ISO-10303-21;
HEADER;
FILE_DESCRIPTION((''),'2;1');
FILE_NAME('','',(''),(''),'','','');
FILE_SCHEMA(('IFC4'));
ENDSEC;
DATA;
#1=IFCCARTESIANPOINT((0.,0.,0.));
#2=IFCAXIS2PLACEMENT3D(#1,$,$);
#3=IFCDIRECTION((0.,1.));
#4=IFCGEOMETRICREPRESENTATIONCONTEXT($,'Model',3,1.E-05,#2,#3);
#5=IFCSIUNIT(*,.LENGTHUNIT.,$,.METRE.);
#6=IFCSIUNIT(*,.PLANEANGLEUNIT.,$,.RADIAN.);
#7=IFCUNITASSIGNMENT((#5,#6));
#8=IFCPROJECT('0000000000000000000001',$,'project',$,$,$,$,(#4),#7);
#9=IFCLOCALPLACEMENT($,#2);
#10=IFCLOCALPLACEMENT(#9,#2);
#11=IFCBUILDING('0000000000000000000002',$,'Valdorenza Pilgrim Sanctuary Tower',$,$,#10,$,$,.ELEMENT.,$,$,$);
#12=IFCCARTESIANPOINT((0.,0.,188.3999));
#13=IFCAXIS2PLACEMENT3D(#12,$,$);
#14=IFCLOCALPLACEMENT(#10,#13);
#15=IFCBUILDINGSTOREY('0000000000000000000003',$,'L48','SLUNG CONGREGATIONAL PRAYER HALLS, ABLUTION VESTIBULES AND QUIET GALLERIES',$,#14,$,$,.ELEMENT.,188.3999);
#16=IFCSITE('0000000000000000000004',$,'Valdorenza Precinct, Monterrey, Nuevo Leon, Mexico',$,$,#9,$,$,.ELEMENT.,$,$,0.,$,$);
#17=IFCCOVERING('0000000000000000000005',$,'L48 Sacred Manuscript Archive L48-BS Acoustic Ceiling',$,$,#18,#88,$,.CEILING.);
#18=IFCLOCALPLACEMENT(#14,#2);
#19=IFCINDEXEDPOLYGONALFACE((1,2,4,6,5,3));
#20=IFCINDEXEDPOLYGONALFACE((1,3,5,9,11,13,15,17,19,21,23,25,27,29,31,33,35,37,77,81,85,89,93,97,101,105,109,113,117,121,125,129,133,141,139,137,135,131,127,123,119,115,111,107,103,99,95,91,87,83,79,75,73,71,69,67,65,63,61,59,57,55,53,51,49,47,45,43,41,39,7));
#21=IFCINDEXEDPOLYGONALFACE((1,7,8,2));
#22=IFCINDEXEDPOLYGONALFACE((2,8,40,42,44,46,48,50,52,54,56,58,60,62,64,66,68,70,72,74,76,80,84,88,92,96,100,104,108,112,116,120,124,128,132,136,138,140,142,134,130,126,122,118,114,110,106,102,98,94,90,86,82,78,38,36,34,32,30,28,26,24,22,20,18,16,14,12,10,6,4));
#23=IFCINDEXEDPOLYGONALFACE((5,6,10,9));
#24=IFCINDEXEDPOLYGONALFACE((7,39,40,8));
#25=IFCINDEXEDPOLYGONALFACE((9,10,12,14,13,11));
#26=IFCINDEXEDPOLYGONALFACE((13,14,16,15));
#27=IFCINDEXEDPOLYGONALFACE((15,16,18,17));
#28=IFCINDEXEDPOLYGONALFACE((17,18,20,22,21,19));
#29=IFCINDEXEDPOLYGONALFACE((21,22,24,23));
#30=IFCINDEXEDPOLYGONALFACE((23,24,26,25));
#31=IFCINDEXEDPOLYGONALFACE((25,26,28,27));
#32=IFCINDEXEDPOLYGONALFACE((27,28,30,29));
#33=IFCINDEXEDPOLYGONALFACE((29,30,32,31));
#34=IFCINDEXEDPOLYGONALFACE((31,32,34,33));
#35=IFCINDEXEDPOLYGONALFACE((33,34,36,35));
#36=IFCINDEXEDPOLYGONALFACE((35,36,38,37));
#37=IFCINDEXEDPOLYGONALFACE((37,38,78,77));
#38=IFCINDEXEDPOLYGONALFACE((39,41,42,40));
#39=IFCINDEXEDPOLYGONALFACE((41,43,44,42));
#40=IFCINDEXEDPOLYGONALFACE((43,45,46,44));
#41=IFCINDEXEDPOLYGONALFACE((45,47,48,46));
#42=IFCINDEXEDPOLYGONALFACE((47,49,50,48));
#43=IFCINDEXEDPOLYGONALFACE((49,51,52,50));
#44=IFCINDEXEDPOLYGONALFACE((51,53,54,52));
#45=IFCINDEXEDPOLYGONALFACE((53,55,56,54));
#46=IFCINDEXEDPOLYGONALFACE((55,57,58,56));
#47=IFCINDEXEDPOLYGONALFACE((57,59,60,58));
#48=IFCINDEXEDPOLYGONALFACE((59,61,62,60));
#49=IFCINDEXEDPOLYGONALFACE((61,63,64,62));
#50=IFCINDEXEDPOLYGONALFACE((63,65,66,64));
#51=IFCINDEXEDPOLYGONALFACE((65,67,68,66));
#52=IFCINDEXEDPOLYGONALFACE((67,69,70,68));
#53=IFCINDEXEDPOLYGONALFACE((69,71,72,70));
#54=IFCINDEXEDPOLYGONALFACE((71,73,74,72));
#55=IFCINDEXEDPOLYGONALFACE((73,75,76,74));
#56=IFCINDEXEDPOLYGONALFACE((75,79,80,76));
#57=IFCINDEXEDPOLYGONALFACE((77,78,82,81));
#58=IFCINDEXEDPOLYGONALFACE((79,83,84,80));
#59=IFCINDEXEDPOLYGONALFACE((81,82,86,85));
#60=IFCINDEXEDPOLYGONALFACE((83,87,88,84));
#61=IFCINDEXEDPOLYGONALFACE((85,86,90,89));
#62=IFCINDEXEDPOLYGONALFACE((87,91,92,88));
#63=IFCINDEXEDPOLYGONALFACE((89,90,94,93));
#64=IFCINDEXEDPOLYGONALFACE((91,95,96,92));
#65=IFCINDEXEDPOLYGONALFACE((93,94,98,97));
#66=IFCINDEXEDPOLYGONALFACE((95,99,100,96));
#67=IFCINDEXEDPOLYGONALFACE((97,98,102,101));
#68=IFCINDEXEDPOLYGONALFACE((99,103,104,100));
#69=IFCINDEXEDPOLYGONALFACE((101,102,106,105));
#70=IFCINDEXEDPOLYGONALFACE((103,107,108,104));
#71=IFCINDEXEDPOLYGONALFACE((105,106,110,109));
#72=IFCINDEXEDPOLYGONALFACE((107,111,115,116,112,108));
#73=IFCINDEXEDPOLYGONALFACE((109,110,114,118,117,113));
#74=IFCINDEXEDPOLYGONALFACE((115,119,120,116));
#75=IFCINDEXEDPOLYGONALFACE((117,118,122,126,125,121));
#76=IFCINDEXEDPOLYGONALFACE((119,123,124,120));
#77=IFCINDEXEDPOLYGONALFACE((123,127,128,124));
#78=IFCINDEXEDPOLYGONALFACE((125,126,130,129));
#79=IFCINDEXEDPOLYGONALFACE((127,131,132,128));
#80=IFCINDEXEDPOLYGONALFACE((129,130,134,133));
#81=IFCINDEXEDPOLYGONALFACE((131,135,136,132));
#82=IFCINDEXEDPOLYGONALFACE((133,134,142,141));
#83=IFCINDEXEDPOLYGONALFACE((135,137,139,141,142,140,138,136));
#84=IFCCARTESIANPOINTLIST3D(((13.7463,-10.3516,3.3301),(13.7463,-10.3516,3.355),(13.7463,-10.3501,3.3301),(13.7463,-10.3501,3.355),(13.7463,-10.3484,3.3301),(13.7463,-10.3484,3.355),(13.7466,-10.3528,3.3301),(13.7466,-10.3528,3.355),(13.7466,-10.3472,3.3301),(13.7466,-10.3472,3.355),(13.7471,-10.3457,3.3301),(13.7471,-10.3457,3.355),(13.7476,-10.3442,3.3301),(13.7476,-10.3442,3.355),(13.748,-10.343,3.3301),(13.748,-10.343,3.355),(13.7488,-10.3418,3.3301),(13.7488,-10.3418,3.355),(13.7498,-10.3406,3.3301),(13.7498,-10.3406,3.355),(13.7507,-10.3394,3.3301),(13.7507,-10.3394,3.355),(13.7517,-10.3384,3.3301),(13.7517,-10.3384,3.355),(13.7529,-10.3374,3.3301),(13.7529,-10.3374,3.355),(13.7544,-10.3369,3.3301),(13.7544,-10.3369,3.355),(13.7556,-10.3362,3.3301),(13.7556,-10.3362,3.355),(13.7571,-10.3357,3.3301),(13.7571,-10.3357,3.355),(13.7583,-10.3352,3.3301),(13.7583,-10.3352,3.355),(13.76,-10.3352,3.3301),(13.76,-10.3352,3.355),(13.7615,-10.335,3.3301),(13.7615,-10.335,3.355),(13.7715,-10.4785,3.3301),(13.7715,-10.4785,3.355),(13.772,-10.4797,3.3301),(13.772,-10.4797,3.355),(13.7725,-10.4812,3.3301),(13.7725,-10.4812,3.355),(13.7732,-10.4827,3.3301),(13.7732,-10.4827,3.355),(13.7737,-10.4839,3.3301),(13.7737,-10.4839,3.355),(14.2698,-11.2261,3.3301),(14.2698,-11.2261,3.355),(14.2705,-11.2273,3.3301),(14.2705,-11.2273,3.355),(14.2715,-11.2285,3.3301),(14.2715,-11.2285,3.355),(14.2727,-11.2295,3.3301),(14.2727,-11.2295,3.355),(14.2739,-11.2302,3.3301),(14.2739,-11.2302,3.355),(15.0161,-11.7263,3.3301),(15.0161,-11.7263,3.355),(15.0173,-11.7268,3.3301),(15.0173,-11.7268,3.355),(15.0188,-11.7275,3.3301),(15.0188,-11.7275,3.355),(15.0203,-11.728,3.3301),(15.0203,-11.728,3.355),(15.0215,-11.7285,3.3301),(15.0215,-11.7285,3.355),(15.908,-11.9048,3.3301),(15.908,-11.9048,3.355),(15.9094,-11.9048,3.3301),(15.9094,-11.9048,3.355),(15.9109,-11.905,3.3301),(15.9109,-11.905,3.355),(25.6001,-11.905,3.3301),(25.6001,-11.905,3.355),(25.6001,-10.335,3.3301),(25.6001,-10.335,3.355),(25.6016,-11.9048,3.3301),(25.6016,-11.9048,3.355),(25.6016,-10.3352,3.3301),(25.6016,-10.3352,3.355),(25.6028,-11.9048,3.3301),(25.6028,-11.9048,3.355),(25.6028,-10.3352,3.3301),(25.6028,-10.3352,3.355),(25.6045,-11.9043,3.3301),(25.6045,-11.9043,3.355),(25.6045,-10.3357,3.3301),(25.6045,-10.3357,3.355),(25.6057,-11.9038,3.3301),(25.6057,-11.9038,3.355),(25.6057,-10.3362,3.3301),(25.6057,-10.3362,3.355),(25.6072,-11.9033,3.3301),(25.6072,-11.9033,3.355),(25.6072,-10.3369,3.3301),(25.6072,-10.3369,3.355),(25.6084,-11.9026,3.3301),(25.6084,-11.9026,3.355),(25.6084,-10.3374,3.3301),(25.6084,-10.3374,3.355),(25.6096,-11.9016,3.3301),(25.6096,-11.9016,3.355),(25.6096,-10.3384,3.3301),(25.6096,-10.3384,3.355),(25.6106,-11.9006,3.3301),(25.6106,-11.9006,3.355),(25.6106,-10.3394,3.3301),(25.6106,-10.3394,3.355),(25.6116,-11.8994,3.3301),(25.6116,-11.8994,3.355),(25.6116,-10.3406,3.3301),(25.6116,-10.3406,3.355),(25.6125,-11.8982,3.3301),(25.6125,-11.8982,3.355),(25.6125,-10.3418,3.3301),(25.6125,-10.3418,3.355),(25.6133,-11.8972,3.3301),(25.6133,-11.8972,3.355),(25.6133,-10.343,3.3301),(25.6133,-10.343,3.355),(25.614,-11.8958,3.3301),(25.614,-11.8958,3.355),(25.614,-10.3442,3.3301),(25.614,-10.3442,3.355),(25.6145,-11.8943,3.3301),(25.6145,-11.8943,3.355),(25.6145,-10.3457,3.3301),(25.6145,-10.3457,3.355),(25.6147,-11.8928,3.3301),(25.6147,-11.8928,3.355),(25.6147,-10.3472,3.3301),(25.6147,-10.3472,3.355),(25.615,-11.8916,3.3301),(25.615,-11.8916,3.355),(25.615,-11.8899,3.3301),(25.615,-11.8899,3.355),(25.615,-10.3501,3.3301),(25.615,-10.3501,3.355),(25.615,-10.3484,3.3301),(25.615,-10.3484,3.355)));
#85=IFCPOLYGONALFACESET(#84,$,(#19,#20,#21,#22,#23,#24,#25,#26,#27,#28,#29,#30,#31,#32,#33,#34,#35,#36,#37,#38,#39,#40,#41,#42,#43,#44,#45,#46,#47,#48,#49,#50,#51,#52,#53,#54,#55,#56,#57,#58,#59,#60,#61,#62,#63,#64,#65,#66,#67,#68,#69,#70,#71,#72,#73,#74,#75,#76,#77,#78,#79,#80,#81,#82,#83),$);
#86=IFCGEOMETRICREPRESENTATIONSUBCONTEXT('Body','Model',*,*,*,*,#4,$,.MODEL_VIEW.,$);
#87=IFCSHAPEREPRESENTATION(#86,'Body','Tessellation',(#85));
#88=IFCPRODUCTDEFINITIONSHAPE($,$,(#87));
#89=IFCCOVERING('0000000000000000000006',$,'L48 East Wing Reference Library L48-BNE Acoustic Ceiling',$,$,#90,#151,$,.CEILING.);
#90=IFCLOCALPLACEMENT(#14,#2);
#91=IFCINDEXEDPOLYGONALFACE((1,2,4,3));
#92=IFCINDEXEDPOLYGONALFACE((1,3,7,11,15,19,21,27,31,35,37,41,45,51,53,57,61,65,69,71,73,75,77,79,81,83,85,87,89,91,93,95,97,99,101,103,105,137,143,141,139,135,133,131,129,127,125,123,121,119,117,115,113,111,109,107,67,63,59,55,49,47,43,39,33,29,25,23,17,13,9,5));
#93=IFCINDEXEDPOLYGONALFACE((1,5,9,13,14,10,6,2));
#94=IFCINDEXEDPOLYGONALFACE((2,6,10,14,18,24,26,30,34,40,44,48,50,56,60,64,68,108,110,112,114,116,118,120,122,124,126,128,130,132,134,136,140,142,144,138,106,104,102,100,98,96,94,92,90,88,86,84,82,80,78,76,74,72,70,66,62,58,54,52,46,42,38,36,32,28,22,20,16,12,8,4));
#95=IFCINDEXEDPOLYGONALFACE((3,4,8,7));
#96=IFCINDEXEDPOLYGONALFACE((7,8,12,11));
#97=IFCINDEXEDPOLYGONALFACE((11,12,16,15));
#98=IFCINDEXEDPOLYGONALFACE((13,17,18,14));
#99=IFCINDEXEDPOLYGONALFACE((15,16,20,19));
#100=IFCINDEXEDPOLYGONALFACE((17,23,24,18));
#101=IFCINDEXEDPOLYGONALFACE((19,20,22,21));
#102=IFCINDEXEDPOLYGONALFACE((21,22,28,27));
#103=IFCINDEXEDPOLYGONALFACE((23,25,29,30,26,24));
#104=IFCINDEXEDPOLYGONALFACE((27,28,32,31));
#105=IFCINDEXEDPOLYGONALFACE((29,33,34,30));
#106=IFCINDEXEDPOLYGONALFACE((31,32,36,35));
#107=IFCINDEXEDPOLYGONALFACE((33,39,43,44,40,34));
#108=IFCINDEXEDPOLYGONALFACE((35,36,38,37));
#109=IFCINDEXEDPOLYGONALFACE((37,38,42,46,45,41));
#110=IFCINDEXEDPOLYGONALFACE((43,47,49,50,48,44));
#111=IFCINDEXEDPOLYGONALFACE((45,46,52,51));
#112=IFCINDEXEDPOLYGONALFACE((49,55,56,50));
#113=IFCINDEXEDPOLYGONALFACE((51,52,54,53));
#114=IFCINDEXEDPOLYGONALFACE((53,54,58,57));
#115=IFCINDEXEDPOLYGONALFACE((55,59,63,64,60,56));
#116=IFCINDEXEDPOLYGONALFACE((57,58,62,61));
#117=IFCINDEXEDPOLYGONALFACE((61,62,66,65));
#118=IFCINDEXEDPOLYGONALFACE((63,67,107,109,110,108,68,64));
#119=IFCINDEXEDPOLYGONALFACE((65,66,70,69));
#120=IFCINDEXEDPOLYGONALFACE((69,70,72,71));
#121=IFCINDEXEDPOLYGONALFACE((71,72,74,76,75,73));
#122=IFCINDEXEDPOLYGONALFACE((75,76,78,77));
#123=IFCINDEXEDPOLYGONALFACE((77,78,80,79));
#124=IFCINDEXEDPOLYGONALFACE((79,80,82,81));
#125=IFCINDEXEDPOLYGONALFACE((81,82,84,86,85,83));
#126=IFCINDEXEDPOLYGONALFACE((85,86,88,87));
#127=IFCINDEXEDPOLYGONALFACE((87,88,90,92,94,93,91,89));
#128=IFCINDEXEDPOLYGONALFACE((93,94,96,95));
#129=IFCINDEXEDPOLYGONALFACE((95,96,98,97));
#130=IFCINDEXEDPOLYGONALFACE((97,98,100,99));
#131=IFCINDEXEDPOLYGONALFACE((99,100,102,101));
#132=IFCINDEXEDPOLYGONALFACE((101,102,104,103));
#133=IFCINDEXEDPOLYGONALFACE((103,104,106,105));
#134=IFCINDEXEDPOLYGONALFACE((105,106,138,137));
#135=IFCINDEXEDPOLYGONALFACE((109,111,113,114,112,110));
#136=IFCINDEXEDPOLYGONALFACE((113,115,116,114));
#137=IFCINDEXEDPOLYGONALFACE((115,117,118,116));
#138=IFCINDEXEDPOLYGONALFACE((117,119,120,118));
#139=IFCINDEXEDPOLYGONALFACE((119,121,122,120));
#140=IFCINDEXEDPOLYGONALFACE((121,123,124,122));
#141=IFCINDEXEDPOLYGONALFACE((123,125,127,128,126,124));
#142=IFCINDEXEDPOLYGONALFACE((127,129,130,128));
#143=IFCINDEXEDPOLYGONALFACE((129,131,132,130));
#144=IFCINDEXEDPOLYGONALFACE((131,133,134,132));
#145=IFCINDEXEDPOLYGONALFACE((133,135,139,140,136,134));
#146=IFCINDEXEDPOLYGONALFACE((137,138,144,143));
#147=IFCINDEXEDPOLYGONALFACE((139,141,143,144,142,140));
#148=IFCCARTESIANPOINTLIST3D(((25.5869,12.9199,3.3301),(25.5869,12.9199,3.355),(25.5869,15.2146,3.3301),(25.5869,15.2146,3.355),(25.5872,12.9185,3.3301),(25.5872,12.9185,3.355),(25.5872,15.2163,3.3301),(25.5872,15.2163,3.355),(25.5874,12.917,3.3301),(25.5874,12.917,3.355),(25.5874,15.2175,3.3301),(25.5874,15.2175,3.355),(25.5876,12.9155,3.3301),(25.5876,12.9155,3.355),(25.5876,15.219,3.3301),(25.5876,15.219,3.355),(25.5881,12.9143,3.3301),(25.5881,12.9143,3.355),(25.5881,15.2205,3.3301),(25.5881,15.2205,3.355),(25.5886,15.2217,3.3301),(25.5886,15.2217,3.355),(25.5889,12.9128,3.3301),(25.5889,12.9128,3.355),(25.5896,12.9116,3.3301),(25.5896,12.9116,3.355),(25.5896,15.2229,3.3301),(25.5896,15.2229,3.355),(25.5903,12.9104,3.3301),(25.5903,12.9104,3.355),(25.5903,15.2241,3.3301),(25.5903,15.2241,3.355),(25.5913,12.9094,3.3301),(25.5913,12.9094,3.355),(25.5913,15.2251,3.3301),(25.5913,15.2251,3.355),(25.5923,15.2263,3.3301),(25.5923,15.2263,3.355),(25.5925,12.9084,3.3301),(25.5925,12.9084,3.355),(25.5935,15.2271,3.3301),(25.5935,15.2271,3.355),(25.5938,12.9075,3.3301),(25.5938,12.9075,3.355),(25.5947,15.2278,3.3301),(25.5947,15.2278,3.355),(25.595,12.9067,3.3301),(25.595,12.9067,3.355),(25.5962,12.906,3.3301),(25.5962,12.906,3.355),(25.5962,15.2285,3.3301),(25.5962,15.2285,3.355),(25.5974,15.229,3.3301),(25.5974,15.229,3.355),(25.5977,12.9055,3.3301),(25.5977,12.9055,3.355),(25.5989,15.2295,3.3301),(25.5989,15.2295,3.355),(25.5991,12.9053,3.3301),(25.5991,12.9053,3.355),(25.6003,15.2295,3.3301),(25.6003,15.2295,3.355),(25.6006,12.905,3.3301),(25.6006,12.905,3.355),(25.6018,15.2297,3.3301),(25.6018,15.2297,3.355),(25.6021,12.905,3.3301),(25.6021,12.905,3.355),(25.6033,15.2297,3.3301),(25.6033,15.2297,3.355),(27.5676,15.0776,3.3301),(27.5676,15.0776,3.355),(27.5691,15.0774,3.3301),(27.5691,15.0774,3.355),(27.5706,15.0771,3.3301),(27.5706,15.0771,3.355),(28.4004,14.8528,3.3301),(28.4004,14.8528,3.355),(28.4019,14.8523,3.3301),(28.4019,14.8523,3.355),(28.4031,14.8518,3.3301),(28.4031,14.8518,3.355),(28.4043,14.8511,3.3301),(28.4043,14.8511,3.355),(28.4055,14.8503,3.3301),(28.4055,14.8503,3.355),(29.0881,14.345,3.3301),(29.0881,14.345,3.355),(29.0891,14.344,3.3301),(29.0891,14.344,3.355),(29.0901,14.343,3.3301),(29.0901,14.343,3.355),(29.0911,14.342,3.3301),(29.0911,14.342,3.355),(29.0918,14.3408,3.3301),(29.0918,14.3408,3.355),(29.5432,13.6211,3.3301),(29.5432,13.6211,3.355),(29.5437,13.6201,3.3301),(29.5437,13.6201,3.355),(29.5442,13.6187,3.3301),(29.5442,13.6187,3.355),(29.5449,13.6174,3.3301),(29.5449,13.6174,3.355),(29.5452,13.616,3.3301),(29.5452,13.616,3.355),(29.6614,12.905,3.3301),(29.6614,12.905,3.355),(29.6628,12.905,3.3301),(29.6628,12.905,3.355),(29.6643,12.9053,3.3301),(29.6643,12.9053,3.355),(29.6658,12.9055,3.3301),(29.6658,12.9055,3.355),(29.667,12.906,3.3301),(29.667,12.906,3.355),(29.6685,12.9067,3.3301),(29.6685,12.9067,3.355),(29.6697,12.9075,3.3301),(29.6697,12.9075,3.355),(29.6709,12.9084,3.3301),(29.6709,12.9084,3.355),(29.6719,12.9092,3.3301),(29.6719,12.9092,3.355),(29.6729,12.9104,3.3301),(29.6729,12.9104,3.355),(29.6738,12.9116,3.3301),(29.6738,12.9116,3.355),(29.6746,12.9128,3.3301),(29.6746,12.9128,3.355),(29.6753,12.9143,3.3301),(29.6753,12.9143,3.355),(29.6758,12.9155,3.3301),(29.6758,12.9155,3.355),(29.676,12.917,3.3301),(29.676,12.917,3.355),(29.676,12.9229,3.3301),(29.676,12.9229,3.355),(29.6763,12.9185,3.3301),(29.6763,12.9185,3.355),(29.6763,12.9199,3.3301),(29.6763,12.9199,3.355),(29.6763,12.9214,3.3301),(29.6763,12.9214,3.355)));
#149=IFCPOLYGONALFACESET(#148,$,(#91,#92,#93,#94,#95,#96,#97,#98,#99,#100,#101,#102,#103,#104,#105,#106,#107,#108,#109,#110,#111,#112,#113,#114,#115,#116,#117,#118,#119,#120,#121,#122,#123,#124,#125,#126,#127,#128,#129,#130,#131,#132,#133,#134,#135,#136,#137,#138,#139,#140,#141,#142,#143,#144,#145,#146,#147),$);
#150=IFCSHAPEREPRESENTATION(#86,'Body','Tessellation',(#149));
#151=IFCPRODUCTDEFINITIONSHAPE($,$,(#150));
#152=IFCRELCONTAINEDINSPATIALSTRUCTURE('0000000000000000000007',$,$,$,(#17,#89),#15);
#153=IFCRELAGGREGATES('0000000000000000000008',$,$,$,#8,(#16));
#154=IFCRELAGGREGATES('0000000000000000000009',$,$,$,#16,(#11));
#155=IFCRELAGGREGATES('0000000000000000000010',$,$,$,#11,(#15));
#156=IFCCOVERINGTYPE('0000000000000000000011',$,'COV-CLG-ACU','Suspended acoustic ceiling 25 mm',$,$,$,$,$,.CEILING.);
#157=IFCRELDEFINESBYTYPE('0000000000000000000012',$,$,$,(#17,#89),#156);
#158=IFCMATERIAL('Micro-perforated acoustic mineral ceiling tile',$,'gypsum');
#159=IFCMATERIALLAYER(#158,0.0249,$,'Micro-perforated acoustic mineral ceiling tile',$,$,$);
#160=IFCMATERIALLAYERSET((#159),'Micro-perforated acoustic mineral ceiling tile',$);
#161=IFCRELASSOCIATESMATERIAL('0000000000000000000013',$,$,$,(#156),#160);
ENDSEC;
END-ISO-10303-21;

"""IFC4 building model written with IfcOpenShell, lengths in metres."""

from ifc_helpers import new_model, si_unit, direction, frame, origin, place, context, subcontext, project, spatial, polyline, outline, extrude, material, layer, layer_set, type_object, element, save


model = new_model("IFC4")

# Units and contexts
model_context = context("Model", 3, precision=1e-05, world=origin(), true_north=direction((0.0, 1.0)))
body_context = subcontext(model_context, "Body", "Model", "MODEL_VIEW")
ifc_project = project(units=[si_unit("LENGTHUNIT", "METRE"), si_unit("PLANEANGLEUNIT", "RADIAN")], contexts=[model_context])

# Site, building, storey
site_placement = place(None, origin())
site = spatial("IfcSite", under=ifc_project, at=site_placement, Name="Valdorenza Precinct, Monterrey, Nuevo Leon, Mexico", CompositionType="ELEMENT", RefElevation=0.0)
building_placement = place(site_placement, origin())
building = spatial("IfcBuilding", under=site, at=building_placement, Name="Valdorenza Pilgrim Sanctuary Tower", CompositionType="ELEMENT")
storey_placement = place(building_placement, frame((0.0, 0.0, 188.3999)))
storey = spatial("IfcBuildingStorey", under=building, at=storey_placement, Name="L48", Description="SLUNG CONGREGATIONAL PRAYER HALLS, ABLUTION VESTIBULES AND QUIET GALLERIES", CompositionType="ELEMENT", Elevation=188.3999)

# Coverings
ifc_material_1 = material(Name="Micro-perforated acoustic mineral ceiling tile", Category="gypsum")
ifc_layer_1 = layer(ifc_material_1, 0.0249, Name="Micro-perforated acoustic mineral ceiling tile")
ifc_layer_set_1 = layer_set([ifc_layer_1], Name="Micro-perforated acoustic mineral ceiling tile")
covering_type_1 = type_object("IfcCoveringType", Name="COV-CLG-ACU", Description="Suspended acoustic ceiling 25 mm", PredefinedType="CEILING", material=ifc_layer_set_1)
covering_1_placement = place(storey_placement, frame((0.0, 0.0, 3.3301)))
element("IfcCovering", 1, at=covering_1_placement, inside=storey, type_object=covering_type_1, Name="L48 Sacred Manuscript Archive L48-BS Acoustic Ceiling", PredefinedType="CEILING", context=body_context, shape_type="SweptSolid", body=[
    extrude(outline(polyline([(25.615, -11.8899), (25.615, -11.8916), (25.6147, -11.8928), (25.6145, -11.8943), (25.614, -11.8958), (25.6133, -11.8972), (25.6125, -11.8982), (25.6116, -11.8994), (25.6106, -11.9006), (25.6096, -11.9016), (25.6084, -11.9026), (25.6072, -11.9033), (25.6057, -11.9038), (25.6045, -11.9043), (25.6028, -11.9048), (25.6016, -11.9048), (25.6001, -11.905), (15.9109, -11.905), (15.9094, -11.9048), (15.908, -11.9048), (15.0215, -11.7285), (15.0203, -11.728), (15.0188, -11.7275), (15.0173, -11.7268), (15.0161, -11.7263), (14.2739, -11.2302), (14.2727, -11.2295), (14.2715, -11.2285), (14.2705, -11.2273), (14.2698, -11.2261), (13.7737, -10.4839), (13.7732, -10.4827), (13.7725, -10.4812), (13.772, -10.4797), (13.7715, -10.4785), (13.7466, -10.3528), (13.7463, -10.3516), (13.7463, -10.3501), (13.7463, -10.3484), (13.7466, -10.3472), (13.7471, -10.3457), (13.7476, -10.3442), (13.748, -10.343), (13.7488, -10.3418), (13.7498, -10.3406), (13.7507, -10.3394), (13.7517, -10.3384), (13.7529, -10.3374), (13.7544, -10.3369), (13.7556, -10.3362), (13.7571, -10.3357), (13.7583, -10.3352), (13.76, -10.3352), (13.7615, -10.335), (25.6001, -10.335), (25.6016, -10.3352), (25.6028, -10.3352), (25.6045, -10.3357), (25.6057, -10.3362), (25.6072, -10.3369), (25.6084, -10.3374), (25.6096, -10.3384), (25.6106, -10.3394), (25.6116, -10.3406), (25.6125, -10.3418), (25.6133, -10.343), (25.614, -10.3442), (25.6145, -10.3457), (25.6147, -10.3472), (25.615, -10.3484), (25.615, -10.3501), (25.615, -11.8899)])), origin(), (0.0, 0.0, 1.0), 0.0249),
])
covering_2_placement = place(storey_placement, frame((0.0, 0.0, 3.3301)))
element("IfcCovering", 2, at=covering_2_placement, inside=storey, type_object=covering_type_1, Name="L48 East Wing Reference Library L48-BNE Acoustic Ceiling", PredefinedType="CEILING", context=body_context, shape_type="SweptSolid", body=[
    extrude(outline(polyline([(27.5676, 15.0776), (27.5691, 15.0774), (27.5706, 15.0771), (28.4004, 14.8528), (28.4019, 14.8523), (28.4031, 14.8518), (28.4043, 14.8511), (28.4055, 14.8503), (29.0881, 14.345), (29.0891, 14.344), (29.0901, 14.343), (29.0911, 14.342), (29.0918, 14.3408), (29.5432, 13.6211), (29.5437, 13.6201), (29.5442, 13.6187), (29.5449, 13.6174), (29.5452, 13.616), (29.676, 12.9229), (29.6763, 12.9214), (29.6763, 12.9199), (29.6763, 12.9185), (29.676, 12.917), (29.6758, 12.9155), (29.6753, 12.9143), (29.6746, 12.9128), (29.6738, 12.9116), (29.6729, 12.9104), (29.6719, 12.9092), (29.6709, 12.9084), (29.6697, 12.9075), (29.6685, 12.9067), (29.667, 12.906), (29.6658, 12.9055), (29.6643, 12.9053), (29.6628, 12.905), (29.6614, 12.905), (25.6021, 12.905), (25.6006, 12.905), (25.5991, 12.9053), (25.5977, 12.9055), (25.5962, 12.906), (25.595, 12.9067), (25.5938, 12.9075), (25.5925, 12.9084), (25.5913, 12.9094), (25.5903, 12.9104), (25.5896, 12.9116), (25.5889, 12.9128), (25.5881, 12.9143), (25.5876, 12.9155), (25.5874, 12.917), (25.5872, 12.9185), (25.5869, 12.9199), (25.5869, 15.2146), (25.5872, 15.2163), (25.5874, 15.2175), (25.5876, 15.219), (25.5881, 15.2205), (25.5886, 15.2217), (25.5896, 15.2229), (25.5903, 15.2241), (25.5913, 15.2251), (25.5923, 15.2263), (25.5935, 15.2271), (25.5947, 15.2278), (25.5962, 15.2285), (25.5974, 15.229), (25.5989, 15.2295), (25.6003, 15.2295), (25.6018, 15.2297), (25.6033, 15.2297), (27.5676, 15.0776)])), origin(), (0.0, 0.0, 1.0), 0.0249),
])

save(model, "model.ifc")
